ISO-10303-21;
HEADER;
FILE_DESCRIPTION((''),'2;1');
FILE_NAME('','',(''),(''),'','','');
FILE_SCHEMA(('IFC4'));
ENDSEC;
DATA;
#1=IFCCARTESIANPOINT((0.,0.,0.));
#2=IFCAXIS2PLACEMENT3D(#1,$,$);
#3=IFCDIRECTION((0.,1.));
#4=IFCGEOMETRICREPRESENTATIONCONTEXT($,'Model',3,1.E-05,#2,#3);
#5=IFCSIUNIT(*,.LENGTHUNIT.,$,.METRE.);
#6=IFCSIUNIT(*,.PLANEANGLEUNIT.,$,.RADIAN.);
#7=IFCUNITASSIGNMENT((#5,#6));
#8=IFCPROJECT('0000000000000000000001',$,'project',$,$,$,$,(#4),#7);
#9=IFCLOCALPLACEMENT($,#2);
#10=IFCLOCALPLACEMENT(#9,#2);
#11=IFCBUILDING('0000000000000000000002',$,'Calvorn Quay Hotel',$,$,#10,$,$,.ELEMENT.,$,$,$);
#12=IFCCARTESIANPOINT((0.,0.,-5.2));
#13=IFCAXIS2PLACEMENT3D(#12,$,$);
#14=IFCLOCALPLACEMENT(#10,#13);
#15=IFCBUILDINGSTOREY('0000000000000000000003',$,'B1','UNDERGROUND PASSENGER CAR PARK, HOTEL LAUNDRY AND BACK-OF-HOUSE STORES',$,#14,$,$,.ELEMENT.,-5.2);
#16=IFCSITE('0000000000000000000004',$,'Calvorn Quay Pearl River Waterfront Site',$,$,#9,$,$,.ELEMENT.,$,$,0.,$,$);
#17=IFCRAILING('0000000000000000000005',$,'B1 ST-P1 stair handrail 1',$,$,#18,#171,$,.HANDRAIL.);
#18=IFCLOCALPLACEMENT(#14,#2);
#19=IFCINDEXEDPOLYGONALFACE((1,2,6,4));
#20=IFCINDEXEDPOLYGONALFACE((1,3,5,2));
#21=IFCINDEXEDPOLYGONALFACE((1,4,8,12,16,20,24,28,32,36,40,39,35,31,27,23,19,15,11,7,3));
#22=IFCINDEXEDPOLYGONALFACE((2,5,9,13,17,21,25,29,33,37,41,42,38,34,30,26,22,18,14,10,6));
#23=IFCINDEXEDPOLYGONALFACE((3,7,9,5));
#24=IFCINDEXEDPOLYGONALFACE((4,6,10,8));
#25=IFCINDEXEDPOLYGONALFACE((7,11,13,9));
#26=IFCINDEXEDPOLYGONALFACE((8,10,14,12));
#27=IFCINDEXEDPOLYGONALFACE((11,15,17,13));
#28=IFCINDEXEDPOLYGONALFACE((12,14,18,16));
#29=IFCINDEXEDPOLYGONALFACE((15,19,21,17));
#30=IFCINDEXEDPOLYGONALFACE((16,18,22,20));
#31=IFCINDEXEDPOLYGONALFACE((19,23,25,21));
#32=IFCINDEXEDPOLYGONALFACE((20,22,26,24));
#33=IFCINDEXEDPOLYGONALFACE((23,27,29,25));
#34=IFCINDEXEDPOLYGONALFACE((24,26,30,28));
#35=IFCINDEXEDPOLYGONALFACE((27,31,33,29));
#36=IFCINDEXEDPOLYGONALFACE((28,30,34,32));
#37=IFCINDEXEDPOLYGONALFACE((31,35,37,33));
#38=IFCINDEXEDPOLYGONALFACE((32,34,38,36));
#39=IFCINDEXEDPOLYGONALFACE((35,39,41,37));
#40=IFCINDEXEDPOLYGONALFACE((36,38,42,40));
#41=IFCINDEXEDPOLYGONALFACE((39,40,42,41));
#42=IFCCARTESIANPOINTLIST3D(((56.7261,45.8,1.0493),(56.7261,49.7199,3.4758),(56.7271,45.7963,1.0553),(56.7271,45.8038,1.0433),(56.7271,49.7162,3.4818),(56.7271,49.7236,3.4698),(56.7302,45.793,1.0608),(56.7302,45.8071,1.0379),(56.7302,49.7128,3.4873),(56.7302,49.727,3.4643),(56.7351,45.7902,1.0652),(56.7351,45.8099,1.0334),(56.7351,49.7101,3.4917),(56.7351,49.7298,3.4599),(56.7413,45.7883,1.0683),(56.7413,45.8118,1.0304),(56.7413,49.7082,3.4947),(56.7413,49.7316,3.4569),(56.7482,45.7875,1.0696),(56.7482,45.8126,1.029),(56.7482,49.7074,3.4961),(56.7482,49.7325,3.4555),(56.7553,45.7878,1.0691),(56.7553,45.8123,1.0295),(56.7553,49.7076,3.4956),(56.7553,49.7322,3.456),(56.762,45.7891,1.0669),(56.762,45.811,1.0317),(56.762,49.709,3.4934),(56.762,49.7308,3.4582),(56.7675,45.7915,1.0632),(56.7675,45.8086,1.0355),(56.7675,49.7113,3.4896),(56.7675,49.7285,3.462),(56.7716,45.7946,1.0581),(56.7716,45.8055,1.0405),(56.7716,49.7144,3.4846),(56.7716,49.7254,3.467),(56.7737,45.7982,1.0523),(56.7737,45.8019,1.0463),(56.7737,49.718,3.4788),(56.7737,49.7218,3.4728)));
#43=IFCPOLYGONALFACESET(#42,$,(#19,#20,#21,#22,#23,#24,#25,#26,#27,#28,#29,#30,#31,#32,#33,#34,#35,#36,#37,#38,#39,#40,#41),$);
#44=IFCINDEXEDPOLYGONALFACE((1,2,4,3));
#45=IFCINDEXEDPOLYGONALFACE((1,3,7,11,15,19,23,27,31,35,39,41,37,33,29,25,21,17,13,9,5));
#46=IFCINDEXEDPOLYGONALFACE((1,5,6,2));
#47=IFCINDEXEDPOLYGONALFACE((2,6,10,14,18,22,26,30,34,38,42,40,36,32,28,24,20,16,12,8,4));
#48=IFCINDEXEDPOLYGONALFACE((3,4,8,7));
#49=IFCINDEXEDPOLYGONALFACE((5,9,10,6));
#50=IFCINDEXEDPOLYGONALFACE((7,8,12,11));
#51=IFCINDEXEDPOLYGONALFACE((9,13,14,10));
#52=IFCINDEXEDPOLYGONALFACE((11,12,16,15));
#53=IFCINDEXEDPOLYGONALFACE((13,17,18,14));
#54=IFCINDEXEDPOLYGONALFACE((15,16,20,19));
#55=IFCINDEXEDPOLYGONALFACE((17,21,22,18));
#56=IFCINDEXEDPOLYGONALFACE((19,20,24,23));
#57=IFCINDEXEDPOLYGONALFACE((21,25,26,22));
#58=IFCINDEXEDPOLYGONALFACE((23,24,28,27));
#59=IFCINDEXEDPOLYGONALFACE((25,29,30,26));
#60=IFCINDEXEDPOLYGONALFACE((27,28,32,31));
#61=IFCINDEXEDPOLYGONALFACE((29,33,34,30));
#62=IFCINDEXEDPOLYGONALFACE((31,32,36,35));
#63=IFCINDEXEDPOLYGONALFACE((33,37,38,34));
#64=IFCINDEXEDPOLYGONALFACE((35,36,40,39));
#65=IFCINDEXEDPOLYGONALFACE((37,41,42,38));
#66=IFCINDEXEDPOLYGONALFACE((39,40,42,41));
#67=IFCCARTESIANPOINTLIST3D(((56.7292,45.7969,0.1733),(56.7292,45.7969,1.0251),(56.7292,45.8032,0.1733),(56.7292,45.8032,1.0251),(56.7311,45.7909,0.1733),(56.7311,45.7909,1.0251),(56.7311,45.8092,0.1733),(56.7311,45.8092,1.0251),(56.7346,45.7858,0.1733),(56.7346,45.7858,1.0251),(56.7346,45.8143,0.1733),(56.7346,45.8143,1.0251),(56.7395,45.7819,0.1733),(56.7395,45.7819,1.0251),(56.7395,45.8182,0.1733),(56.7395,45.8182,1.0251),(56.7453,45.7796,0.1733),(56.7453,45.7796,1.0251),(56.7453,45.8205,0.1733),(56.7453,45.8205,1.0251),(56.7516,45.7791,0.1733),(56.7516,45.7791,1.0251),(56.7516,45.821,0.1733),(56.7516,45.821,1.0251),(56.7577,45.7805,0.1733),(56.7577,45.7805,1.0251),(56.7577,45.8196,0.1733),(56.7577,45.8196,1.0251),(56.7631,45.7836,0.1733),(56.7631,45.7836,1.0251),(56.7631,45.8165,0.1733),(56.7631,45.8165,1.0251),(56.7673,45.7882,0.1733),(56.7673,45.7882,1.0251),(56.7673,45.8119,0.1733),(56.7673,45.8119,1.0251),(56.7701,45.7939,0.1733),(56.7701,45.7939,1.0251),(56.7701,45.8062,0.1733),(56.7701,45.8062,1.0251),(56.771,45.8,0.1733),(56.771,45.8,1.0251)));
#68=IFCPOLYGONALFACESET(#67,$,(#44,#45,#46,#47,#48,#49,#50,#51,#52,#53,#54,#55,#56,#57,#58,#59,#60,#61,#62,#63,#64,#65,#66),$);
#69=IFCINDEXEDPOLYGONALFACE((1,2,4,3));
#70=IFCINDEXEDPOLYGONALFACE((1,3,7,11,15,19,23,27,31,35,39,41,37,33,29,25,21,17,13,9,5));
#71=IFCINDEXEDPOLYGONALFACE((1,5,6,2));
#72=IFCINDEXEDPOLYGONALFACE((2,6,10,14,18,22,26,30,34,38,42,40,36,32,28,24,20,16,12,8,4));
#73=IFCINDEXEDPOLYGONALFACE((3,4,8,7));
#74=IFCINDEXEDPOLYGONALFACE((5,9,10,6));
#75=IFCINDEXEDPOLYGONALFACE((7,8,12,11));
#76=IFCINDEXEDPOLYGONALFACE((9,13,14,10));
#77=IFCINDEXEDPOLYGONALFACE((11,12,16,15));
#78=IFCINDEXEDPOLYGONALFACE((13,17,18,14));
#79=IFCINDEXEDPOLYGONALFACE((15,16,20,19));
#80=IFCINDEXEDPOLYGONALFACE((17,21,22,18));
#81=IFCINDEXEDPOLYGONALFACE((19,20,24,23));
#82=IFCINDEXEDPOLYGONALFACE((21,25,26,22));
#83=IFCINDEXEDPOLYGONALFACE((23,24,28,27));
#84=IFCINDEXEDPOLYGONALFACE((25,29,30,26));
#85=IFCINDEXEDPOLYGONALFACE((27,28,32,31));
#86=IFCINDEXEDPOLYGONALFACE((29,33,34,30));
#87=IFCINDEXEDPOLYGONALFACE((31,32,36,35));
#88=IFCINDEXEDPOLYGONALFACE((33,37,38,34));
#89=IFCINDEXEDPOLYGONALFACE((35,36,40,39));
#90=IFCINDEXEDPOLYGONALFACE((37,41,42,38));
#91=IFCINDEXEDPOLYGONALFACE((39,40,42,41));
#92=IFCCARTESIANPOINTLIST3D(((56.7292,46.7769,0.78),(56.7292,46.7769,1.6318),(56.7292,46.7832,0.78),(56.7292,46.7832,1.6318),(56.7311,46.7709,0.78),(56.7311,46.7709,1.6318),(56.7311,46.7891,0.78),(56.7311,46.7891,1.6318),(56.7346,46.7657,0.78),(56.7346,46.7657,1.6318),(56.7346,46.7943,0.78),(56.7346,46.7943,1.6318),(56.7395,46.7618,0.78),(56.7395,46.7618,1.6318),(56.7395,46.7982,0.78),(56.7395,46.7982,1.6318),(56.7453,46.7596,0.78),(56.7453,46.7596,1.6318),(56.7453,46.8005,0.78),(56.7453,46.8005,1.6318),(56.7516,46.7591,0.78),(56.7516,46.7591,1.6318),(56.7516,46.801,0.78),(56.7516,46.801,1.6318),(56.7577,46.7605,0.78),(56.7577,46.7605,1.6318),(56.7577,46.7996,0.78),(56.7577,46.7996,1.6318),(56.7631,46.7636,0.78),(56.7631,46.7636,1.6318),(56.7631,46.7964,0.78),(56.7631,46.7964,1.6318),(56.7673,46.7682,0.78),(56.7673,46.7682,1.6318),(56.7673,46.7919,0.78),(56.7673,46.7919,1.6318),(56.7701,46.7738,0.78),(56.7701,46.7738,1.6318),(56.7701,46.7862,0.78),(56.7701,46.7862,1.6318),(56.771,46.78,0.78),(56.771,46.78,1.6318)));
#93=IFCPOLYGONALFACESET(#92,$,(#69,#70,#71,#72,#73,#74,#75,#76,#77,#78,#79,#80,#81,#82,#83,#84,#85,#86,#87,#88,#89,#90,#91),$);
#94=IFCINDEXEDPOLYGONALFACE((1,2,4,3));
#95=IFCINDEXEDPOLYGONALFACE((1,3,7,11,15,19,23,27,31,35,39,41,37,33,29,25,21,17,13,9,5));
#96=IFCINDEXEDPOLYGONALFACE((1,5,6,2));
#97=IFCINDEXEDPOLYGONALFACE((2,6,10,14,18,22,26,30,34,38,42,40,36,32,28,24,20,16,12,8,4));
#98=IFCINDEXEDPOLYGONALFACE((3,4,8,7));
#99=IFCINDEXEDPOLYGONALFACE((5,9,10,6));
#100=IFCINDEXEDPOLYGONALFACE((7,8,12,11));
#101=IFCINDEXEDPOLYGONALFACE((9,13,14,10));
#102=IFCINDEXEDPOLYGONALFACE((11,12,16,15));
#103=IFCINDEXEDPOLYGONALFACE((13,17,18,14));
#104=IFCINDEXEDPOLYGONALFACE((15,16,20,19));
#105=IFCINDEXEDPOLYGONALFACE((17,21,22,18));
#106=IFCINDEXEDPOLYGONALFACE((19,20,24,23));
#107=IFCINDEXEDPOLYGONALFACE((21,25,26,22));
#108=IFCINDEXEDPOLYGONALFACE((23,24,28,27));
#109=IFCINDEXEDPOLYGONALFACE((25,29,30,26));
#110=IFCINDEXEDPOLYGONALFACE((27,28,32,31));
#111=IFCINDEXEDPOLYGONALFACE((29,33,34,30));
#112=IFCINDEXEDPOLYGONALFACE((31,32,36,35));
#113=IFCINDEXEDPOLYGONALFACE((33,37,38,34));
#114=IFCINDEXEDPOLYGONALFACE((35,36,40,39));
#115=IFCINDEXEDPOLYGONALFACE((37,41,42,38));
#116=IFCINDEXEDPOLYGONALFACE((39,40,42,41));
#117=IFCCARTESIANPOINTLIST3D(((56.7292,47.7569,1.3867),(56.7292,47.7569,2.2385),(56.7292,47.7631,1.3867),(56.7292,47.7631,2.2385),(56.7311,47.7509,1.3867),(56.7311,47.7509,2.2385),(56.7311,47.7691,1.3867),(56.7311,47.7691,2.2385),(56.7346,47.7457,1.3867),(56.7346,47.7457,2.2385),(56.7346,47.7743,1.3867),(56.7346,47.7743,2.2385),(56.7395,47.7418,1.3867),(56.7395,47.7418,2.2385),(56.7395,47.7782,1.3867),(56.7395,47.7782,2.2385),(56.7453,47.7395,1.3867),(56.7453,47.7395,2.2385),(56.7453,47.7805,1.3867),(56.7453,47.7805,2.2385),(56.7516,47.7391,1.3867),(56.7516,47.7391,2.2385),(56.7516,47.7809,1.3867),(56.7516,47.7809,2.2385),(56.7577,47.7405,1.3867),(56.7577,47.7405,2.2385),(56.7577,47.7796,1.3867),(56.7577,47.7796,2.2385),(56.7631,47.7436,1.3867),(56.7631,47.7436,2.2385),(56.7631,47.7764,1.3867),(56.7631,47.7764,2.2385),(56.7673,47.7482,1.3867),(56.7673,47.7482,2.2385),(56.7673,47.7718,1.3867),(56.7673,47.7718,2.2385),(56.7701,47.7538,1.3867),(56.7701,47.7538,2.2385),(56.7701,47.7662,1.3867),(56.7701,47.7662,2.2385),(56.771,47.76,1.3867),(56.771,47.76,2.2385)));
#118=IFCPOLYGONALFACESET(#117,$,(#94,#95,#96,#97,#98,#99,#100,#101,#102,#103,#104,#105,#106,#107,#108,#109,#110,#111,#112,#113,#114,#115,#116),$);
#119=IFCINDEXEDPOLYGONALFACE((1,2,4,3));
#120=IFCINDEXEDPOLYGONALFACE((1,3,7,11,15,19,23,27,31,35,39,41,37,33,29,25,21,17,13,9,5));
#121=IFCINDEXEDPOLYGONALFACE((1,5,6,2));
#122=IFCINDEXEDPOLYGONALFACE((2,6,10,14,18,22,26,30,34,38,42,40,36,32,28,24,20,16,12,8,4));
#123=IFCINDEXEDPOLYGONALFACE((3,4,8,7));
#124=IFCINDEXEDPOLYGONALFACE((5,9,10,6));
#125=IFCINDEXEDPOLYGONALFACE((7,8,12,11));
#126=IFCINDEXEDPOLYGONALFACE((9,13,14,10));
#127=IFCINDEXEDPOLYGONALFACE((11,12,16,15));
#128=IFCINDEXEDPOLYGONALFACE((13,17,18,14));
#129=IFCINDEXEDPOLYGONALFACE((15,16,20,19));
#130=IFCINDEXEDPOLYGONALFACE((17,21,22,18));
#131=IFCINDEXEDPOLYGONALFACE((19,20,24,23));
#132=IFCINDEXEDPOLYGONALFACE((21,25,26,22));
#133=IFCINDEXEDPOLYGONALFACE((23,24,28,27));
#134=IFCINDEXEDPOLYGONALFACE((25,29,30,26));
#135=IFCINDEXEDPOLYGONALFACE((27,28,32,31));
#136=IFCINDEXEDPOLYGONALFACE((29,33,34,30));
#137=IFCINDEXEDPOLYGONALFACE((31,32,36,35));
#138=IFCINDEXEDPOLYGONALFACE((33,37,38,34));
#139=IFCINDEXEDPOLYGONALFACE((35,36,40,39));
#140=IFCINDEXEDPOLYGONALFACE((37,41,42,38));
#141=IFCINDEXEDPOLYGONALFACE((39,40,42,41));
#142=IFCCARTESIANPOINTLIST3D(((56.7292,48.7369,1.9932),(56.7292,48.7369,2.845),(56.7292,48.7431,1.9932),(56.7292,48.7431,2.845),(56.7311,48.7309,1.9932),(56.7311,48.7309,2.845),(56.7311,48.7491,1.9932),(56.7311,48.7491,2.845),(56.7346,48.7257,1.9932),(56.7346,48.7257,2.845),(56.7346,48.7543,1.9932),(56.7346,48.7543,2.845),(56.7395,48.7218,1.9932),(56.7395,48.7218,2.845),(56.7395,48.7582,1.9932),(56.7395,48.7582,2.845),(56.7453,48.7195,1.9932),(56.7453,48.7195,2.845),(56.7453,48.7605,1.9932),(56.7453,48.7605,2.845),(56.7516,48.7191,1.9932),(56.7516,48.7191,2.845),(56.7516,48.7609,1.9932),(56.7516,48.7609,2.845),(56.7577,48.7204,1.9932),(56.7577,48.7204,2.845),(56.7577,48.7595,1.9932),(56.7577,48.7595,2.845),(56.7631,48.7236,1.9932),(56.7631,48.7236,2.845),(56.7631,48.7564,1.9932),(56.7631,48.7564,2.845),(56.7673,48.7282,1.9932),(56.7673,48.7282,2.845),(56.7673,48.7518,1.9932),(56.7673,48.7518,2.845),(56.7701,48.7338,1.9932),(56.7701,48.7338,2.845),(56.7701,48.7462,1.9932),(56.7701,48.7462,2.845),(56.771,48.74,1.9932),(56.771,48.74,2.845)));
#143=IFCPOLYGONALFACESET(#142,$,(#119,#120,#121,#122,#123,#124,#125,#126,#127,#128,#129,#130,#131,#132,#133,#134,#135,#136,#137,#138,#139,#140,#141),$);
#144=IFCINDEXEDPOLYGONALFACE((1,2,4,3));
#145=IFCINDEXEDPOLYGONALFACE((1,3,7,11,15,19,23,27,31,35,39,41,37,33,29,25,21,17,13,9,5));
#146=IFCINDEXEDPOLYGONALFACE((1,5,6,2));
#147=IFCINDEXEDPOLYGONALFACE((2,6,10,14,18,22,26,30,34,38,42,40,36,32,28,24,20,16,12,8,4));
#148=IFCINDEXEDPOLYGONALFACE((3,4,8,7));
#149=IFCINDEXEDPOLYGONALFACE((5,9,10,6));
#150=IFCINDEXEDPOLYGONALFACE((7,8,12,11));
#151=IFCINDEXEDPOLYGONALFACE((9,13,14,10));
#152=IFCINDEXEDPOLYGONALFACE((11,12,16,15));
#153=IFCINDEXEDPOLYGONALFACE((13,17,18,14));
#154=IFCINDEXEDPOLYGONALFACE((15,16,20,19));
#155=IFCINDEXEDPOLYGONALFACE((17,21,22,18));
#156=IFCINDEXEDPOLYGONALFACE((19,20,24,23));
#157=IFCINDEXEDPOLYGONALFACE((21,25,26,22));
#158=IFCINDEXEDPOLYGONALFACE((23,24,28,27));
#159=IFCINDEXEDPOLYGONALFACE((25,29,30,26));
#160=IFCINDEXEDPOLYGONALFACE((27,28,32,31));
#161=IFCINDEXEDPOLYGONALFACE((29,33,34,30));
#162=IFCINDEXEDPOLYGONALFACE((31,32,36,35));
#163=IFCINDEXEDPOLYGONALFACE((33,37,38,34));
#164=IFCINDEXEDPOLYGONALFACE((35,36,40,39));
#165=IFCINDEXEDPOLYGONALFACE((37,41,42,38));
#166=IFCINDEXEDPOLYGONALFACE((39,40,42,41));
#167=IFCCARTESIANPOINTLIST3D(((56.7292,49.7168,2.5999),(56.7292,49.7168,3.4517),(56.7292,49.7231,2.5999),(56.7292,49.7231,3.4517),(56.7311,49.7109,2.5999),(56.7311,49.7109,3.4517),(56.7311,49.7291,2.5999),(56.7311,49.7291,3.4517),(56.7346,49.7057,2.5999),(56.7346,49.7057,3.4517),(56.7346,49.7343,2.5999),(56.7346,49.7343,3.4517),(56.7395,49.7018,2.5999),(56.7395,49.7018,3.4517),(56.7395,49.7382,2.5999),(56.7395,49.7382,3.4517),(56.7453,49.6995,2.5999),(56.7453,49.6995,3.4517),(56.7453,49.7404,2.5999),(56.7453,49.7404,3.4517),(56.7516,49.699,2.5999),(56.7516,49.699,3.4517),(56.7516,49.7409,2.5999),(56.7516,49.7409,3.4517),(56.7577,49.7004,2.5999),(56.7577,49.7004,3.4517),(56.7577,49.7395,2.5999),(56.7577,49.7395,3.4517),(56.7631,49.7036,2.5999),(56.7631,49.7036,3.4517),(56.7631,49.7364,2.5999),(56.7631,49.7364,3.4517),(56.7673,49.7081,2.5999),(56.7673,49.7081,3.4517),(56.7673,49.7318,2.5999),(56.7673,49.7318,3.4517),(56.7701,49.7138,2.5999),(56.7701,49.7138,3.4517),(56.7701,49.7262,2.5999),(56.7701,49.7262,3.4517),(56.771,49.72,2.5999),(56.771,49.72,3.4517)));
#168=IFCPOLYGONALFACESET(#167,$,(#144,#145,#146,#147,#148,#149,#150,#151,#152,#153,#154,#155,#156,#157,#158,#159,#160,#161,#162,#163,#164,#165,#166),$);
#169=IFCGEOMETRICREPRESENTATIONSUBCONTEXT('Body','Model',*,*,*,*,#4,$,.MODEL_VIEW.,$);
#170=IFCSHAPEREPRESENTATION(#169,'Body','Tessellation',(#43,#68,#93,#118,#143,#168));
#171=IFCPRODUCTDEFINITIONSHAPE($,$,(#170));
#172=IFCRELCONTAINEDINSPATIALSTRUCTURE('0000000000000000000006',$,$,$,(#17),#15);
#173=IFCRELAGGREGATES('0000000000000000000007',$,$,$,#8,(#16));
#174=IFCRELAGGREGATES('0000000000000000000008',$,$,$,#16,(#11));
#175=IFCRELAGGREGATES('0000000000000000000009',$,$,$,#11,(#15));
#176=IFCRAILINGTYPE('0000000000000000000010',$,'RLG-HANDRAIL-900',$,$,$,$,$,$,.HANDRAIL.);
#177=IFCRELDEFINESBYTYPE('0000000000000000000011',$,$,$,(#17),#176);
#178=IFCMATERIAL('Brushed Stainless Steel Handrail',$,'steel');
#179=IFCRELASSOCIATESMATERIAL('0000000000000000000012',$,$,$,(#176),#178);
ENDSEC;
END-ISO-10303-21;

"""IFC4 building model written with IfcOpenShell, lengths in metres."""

from ifc_helpers import new_model, si_unit, direction, frame, origin, origin_2d, place, context, subcontext, project, spatial, circle, extrude, material, type_object, element, save


model = new_model("IFC4")

# Units and contexts
model_context = context("Model", 3, precision=1e-05, world=origin(), true_north=direction((0.0, 1.0)))
body_context = subcontext(model_context, "Body", "Model", "MODEL_VIEW")
ifc_project = project(units=[si_unit("LENGTHUNIT", "METRE"), si_unit("PLANEANGLEUNIT", "RADIAN")], contexts=[model_context])

# Site, building, storey
site_placement = place(None, origin())
site = spatial("IfcSite", under=ifc_project, at=site_placement, Name="Calvorn Quay Pearl River Waterfront Site", CompositionType="ELEMENT", RefElevation=0.0)
building_placement = place(site_placement, origin())
building = spatial("IfcBuilding", under=site, at=building_placement, Name="Calvorn Quay Hotel", CompositionType="ELEMENT")
storey_placement = place(building_placement, frame((0.0, 0.0, -5.2)))
storey = spatial("IfcBuildingStorey", under=building, at=storey_placement, Name="B1", Description="UNDERGROUND PASSENGER CAR PARK, HOTEL LAUNDRY AND BACK-OF-HOUSE STORES", CompositionType="ELEMENT", Elevation=-5.2)

# Railing
ifc_material_1 = material(Name="Brushed Stainless Steel Handrail", Category="steel")
railing_type_1 = type_object("IfcRailingType", Name="RLG-HANDRAIL-900", PredefinedType="HANDRAIL", material=ifc_material_1)
railing_1_placement = place(storey_placement, frame((56.75, 45.8, 0.1733)))
element("IfcRailing", 1, at=railing_1_placement, inside=storey, type_object=railing_type_1, Name="B1 ST-P1 stair handrail 1", PredefinedType="HANDRAIL", context=body_context, shape_type="SweptSolid", body=[
    extrude(circle(Radius=0.0239, at=origin_2d()), frame((0.0, 0.0, 0.876), z_axis=(0.0, 0.850275, 0.526338), x_axis=(-1.0, 0.0, 0.0)), (0.0, 0.0, 1.0), 4.6101),
    extrude(circle(Radius=0.021, at=origin_2d()), origin(), (0.0, 0.0, 1.0), 0.8518),
    extrude(circle(Radius=0.021, at=origin_2d()), frame((0.0, 0.98, 0.6067)), (0.0, 0.0, 1.0), 0.8518),
    extrude(circle(Radius=0.021, at=origin_2d()), frame((0.0, 1.96, 1.2134)), (0.0, 0.0, 1.0), 0.8518),
    extrude(circle(Radius=0.021, at=origin_2d()), frame((0.0, 2.9399, 1.8198)), (0.0, 0.0, 1.0), 0.8518),
    extrude(circle(Radius=0.021, at=origin_2d()), frame((0.0, 3.9199, 2.4265)), (0.0, 0.0, 1.0), 0.8518),
])

save(model, "model.ifc")
